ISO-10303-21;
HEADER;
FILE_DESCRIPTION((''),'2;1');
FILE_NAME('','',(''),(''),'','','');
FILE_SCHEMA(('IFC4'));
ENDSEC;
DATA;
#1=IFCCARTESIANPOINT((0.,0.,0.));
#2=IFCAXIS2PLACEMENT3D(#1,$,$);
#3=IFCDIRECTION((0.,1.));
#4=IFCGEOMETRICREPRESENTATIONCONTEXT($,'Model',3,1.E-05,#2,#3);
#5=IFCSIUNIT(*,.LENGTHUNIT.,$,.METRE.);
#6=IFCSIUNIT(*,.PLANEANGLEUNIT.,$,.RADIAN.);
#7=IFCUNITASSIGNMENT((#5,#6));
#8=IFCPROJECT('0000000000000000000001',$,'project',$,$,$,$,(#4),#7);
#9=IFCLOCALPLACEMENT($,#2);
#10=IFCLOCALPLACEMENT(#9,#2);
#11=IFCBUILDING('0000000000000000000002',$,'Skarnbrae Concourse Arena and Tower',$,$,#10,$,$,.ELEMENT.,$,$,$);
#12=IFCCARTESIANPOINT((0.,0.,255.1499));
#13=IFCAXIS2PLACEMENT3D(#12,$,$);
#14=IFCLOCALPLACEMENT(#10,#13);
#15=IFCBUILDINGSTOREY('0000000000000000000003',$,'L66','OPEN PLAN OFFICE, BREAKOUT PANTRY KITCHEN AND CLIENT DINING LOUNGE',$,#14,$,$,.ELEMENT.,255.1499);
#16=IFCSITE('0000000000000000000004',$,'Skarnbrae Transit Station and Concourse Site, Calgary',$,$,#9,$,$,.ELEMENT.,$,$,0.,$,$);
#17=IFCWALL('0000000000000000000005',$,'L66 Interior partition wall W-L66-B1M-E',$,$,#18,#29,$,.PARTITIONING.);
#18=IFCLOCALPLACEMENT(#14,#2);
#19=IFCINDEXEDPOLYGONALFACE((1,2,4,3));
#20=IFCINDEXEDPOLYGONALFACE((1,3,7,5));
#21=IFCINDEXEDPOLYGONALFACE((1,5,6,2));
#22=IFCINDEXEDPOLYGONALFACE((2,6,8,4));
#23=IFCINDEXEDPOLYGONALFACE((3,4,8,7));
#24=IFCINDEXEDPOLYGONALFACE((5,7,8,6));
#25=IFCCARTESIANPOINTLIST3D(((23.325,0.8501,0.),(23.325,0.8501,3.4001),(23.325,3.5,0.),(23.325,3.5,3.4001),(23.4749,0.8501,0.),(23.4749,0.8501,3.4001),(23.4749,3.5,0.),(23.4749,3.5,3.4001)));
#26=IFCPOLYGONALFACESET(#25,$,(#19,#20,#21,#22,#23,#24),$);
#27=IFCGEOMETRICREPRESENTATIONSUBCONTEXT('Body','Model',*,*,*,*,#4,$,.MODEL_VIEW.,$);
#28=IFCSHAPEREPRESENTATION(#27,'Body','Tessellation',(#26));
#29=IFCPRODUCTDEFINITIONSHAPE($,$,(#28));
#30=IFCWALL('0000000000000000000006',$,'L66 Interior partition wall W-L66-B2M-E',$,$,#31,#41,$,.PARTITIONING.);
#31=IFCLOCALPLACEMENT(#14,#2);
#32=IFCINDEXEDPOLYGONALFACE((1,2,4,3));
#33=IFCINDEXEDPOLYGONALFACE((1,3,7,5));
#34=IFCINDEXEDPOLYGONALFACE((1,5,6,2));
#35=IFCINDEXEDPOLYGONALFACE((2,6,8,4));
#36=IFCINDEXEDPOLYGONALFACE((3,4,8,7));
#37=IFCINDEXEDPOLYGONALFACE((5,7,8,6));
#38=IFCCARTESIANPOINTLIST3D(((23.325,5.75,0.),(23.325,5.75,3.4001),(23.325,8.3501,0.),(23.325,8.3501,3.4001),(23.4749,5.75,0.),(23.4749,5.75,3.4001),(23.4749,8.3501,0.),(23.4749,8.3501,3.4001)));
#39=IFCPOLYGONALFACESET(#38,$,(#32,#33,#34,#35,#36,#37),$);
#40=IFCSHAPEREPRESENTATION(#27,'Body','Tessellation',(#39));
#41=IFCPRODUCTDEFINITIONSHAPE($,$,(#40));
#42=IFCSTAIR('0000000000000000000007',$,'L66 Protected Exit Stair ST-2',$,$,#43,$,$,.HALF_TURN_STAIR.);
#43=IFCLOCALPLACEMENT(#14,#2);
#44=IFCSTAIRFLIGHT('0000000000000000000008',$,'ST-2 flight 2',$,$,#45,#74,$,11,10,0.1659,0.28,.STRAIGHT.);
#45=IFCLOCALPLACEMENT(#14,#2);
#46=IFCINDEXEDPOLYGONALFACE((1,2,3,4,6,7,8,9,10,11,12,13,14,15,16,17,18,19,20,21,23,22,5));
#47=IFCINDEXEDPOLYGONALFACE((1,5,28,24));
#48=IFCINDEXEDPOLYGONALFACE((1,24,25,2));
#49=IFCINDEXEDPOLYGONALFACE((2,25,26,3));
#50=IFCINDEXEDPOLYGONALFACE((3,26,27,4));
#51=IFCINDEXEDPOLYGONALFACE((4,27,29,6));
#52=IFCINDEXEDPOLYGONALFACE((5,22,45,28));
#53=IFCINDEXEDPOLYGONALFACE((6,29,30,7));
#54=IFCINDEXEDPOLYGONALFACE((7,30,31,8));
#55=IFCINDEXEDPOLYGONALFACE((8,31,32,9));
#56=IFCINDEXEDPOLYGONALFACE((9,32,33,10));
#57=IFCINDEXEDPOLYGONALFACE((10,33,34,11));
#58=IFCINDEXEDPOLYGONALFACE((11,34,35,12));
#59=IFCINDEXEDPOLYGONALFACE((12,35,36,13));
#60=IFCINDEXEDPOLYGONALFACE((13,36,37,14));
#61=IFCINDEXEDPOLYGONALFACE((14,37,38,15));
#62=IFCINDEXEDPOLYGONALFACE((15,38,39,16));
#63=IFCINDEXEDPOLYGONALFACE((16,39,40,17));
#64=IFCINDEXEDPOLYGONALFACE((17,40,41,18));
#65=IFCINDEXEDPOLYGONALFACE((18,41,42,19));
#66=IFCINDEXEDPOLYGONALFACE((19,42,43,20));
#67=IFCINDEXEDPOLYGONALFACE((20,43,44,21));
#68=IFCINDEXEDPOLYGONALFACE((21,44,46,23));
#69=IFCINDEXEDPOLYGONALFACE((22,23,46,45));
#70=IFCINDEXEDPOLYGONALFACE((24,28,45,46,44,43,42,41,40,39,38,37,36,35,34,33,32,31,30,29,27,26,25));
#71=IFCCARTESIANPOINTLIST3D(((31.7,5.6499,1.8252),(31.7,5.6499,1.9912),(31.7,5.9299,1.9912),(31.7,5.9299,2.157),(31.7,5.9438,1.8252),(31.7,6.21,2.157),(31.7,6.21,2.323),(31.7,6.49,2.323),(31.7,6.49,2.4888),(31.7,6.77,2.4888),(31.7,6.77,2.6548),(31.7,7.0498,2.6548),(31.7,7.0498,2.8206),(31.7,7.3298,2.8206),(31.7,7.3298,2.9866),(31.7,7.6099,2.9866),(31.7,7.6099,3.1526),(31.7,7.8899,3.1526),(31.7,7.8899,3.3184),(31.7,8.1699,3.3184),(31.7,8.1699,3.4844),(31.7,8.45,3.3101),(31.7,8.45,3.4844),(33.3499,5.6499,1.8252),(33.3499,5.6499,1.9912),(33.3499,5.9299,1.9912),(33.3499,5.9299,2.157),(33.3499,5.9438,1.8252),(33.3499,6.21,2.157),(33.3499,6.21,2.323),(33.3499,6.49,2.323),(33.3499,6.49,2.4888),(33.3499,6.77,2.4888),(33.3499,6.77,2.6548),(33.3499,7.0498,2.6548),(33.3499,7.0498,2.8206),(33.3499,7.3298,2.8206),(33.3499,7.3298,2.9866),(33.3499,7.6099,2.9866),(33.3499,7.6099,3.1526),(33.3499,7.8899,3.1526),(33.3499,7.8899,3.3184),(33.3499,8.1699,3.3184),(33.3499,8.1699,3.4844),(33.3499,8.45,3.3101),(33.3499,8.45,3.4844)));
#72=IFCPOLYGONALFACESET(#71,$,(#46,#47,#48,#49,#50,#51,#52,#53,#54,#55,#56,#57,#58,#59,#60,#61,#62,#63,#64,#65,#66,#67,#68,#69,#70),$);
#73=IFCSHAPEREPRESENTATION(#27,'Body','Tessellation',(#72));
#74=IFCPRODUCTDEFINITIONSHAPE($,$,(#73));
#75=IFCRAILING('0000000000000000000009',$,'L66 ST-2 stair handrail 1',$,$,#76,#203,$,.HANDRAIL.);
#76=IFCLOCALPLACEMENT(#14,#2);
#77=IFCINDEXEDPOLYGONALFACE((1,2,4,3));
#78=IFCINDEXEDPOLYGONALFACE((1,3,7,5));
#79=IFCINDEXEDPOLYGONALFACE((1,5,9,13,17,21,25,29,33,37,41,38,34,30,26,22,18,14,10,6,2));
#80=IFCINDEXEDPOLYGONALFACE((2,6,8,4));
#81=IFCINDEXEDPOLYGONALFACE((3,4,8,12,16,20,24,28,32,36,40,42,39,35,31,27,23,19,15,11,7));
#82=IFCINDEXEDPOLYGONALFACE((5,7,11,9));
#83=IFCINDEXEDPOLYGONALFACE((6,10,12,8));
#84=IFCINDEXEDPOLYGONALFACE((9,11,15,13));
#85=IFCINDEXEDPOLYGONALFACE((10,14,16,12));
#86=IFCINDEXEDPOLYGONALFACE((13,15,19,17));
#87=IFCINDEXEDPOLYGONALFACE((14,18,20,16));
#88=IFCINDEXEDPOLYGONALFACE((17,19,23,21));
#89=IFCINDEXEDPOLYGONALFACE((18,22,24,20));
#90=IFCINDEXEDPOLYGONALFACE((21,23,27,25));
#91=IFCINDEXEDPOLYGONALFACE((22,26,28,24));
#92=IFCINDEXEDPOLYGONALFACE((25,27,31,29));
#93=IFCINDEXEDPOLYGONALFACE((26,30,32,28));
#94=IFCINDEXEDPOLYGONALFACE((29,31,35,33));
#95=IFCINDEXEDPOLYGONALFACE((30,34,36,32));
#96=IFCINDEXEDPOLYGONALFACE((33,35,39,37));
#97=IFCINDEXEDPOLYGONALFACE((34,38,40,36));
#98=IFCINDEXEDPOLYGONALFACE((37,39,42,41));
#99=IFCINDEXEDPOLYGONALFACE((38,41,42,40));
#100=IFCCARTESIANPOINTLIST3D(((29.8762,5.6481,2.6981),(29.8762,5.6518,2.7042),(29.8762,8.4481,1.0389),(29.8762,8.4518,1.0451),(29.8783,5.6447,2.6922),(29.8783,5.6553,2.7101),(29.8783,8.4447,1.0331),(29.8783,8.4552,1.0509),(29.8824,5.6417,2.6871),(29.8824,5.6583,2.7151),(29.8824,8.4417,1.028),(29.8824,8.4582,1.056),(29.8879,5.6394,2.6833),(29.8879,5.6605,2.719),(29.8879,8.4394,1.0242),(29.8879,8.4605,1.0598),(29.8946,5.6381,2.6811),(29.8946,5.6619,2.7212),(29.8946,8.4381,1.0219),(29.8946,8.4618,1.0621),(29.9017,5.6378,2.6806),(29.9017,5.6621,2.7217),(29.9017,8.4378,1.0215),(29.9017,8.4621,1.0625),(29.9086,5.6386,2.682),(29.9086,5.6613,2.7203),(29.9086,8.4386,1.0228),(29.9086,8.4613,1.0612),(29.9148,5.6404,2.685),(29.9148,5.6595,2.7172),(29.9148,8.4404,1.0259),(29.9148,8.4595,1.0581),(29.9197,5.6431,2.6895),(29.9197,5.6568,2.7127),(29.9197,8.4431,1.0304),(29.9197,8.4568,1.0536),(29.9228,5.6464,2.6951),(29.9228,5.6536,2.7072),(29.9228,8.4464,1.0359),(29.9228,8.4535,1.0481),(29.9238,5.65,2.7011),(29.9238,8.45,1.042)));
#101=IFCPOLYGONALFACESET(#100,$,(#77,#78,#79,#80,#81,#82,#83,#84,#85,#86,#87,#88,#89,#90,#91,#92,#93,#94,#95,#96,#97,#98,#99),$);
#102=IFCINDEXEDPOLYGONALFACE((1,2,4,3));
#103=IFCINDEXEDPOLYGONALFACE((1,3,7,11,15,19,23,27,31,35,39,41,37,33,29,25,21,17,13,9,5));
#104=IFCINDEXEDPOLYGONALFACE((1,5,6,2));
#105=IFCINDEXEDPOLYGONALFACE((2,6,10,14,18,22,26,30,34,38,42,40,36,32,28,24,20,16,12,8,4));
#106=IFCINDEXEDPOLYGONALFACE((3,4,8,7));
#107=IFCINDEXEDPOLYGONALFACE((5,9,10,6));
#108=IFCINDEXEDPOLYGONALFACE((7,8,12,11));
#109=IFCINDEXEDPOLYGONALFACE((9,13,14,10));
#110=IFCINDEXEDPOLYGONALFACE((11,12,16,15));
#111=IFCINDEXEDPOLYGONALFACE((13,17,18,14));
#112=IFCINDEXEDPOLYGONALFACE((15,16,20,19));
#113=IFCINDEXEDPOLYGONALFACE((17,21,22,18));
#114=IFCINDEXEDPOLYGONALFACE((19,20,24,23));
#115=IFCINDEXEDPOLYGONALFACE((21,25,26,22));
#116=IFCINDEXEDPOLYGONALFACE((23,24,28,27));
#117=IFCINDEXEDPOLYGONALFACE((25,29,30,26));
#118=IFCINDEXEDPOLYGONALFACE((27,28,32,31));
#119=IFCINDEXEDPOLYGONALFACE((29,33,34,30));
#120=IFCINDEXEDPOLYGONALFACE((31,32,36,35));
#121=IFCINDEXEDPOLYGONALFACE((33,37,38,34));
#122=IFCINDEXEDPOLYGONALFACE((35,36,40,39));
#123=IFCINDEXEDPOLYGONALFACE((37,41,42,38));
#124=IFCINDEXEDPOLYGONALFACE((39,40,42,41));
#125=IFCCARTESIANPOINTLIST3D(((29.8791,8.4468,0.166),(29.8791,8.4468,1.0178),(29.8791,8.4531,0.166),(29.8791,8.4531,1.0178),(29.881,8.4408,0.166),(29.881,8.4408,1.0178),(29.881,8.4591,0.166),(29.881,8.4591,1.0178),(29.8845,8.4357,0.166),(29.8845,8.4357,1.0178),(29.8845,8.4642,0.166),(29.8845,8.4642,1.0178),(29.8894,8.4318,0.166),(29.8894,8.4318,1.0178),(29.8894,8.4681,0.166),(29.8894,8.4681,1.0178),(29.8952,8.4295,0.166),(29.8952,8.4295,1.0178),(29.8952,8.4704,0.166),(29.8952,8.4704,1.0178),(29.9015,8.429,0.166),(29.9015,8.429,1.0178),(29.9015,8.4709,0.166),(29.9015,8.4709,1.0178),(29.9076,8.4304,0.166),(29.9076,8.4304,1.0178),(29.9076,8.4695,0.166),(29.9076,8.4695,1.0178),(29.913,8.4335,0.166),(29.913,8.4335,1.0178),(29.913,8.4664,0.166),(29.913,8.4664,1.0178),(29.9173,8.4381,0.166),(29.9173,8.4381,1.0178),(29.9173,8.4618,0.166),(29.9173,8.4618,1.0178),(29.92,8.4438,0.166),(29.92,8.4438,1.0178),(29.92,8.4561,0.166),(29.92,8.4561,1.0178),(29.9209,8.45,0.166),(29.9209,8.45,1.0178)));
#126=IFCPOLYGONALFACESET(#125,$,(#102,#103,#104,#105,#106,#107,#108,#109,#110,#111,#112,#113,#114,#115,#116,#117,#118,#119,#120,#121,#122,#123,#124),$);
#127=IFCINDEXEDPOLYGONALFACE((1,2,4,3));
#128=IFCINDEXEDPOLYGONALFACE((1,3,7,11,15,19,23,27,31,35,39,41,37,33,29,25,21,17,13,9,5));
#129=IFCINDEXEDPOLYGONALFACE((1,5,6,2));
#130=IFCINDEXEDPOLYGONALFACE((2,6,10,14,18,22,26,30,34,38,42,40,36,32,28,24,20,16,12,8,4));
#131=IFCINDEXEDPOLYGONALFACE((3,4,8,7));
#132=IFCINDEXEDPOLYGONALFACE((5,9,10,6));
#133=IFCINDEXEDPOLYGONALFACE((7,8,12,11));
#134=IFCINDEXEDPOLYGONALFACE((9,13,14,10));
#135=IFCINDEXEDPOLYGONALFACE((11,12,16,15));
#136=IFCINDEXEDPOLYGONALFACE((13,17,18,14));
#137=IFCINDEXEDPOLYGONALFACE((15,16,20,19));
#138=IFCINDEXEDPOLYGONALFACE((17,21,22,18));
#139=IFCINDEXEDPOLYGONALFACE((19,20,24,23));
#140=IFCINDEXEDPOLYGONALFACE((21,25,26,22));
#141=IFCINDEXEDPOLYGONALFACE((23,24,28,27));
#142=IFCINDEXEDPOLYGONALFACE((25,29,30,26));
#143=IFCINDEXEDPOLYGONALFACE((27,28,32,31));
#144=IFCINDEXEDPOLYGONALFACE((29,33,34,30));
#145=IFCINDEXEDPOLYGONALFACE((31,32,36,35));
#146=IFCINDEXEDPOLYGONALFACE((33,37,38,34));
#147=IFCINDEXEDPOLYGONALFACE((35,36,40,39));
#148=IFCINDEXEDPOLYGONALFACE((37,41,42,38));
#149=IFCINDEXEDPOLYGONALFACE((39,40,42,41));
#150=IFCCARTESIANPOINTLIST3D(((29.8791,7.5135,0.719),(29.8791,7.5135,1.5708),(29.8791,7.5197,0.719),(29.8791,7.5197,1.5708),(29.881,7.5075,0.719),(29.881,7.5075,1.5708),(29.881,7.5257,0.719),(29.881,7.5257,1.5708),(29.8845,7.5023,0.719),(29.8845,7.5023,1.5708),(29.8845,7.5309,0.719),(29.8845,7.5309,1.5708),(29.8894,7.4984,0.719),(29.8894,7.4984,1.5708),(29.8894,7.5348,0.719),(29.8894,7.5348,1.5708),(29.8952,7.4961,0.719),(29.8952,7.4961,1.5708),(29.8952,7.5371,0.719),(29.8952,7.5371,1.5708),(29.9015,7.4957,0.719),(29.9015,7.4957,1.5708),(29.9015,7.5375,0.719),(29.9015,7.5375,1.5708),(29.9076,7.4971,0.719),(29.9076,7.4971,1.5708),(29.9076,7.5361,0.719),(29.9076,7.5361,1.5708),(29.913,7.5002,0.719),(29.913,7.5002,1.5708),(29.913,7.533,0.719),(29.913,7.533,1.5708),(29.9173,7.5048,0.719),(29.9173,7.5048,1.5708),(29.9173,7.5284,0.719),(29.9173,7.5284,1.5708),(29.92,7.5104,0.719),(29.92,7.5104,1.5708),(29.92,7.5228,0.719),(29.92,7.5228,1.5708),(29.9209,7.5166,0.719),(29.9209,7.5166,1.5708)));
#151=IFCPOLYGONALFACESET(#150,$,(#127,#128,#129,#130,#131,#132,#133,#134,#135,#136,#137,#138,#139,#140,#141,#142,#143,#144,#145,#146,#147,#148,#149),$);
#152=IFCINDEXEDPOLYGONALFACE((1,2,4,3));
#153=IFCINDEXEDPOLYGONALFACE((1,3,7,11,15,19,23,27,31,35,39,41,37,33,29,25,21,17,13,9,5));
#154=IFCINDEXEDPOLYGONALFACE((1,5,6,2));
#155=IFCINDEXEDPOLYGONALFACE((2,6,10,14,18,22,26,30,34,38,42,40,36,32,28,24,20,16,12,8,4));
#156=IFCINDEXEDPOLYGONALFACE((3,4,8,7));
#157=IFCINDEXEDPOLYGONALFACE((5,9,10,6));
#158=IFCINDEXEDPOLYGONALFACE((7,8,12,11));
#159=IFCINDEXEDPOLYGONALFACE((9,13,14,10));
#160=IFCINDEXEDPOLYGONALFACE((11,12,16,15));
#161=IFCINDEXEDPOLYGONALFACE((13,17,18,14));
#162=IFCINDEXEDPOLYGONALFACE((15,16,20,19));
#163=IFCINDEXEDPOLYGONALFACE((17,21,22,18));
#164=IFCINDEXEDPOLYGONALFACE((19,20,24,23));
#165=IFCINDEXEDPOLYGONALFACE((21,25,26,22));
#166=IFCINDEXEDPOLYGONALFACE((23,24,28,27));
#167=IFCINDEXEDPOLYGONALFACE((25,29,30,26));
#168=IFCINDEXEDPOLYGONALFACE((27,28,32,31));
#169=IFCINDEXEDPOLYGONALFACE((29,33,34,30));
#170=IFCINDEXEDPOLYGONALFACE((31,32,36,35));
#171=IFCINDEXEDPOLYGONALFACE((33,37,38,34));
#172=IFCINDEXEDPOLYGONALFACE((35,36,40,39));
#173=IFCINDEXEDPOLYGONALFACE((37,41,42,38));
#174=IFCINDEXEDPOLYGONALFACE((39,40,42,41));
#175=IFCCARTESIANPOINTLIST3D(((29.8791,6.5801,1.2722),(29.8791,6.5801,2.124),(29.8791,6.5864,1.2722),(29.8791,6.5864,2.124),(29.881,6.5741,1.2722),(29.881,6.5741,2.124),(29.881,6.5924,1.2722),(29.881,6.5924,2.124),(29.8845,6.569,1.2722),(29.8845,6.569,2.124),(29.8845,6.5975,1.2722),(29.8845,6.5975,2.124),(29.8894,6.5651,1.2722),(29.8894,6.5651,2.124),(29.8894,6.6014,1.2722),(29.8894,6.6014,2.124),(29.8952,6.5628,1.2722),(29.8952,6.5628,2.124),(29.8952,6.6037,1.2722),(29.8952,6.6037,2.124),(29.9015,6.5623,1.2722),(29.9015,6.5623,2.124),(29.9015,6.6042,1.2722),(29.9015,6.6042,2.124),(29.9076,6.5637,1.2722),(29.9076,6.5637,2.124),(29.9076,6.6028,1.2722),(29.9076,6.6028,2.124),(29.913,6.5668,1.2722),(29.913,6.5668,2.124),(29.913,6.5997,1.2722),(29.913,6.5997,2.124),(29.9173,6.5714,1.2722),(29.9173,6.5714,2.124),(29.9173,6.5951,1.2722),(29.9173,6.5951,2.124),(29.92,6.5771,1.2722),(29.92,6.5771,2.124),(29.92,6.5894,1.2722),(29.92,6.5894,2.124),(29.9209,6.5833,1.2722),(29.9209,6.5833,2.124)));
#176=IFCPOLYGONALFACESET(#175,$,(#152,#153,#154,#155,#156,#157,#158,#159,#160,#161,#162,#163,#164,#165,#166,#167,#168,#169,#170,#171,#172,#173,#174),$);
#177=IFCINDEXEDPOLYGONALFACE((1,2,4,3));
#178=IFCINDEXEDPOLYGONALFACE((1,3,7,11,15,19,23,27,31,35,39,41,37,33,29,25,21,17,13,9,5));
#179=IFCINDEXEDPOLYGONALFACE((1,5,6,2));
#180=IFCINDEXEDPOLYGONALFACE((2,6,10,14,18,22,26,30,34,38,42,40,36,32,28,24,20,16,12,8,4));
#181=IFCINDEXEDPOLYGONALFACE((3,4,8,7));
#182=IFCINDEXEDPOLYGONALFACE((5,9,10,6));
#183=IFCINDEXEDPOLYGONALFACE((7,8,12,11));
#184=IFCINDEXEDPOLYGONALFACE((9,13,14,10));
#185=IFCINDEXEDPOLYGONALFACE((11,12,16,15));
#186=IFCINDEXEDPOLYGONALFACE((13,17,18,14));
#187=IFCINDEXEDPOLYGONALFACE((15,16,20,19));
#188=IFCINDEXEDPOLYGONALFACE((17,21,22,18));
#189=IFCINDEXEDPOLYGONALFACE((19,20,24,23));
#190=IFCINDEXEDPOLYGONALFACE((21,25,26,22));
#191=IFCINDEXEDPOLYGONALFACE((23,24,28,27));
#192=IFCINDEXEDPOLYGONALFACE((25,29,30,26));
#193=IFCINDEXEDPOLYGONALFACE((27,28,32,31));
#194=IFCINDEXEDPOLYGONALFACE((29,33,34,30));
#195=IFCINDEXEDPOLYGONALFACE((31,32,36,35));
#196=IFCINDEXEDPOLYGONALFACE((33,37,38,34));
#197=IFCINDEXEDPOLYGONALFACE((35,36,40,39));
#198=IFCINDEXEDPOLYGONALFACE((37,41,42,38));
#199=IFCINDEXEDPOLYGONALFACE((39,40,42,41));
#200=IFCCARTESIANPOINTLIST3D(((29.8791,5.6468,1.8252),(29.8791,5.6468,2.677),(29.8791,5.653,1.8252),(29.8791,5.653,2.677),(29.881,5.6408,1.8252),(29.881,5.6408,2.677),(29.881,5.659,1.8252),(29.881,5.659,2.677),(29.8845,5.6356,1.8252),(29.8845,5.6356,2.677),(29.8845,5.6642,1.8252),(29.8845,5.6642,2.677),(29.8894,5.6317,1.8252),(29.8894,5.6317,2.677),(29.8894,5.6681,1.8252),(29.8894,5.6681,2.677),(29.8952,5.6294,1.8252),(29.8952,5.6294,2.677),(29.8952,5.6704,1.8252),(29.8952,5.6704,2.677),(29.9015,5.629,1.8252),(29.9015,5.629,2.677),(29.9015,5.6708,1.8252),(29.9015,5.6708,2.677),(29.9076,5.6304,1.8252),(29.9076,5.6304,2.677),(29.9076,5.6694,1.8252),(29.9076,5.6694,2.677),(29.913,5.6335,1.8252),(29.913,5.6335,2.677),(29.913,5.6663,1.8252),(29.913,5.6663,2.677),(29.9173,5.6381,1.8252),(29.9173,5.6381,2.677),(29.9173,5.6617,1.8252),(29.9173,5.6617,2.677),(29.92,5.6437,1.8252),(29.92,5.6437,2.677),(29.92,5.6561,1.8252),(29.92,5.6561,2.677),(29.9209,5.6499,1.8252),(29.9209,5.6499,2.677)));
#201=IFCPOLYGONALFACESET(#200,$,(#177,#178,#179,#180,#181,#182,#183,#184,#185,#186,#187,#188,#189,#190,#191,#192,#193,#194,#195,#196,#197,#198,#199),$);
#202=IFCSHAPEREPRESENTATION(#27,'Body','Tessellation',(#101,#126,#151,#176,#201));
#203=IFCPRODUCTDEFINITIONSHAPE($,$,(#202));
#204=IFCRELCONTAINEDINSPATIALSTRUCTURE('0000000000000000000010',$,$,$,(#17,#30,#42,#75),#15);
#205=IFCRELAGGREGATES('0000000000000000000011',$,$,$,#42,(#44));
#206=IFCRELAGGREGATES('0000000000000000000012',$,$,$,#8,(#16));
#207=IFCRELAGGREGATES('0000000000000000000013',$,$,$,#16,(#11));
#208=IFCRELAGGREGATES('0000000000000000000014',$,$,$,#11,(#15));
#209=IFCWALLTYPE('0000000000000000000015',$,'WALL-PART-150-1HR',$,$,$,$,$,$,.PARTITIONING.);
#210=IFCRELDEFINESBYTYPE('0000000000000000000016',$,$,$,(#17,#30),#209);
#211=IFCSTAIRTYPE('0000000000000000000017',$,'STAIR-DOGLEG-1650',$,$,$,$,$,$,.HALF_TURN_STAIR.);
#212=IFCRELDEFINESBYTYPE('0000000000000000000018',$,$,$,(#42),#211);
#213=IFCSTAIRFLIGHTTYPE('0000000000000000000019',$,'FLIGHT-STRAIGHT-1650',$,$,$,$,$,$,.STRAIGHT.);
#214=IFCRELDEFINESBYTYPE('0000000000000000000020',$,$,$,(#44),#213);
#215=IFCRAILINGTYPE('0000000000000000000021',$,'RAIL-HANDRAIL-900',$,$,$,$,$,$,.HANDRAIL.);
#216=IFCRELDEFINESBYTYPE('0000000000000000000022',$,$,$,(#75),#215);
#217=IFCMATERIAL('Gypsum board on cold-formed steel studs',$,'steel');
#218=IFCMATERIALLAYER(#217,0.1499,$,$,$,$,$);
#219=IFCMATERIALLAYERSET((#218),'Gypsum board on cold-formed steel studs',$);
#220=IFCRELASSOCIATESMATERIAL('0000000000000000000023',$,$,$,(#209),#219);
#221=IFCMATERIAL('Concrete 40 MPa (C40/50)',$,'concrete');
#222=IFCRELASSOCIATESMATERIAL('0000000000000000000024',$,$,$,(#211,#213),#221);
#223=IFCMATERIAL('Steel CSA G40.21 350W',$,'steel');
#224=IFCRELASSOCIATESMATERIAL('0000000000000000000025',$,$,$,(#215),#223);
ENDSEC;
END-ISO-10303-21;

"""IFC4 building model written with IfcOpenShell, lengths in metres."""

from ifc_helpers import new_model, si_unit, direction, frame, frame_2d, origin, origin_2d, place, context, subcontext, project, spatial, polyline, rectangle, circle, outline, extrude, source, transform, mapped, material, layer, layer_set, type_object, element, aggregate, save


model = new_model("IFC4")

# Units and contexts
model_context = context("Model", 3, precision=1e-05, world=origin(), true_north=direction((0.0, 1.0)))
body_context = subcontext(model_context, "Body", "Model", "MODEL_VIEW")
ifc_project = project(units=[si_unit("LENGTHUNIT", "METRE"), si_unit("PLANEANGLEUNIT", "RADIAN")], contexts=[model_context])

# Site, building, storey
site_placement = place(None, origin())
site = spatial("IfcSite", under=ifc_project, at=site_placement, Name="Skarnbrae Transit Station and Concourse Site, Calgary", CompositionType="ELEMENT", RefElevation=0.0)
building_placement = place(site_placement, origin())
building = spatial("IfcBuilding", under=site, at=building_placement, Name="Skarnbrae Concourse Arena and Tower", CompositionType="ELEMENT")
storey_placement = place(building_placement, frame((0.0, 0.0, 255.1499)))
storey = spatial("IfcBuildingStorey", under=building, at=storey_placement, Name="L66", Description="OPEN PLAN OFFICE, BREAKOUT PANTRY KITCHEN AND CLIENT DINING LOUNGE", CompositionType="ELEMENT", Elevation=255.1499)

# Shared definitions
ifc_material_1 = material(Name="Gypsum board on cold-formed steel studs", Category="steel")

# Shared definitions
ifc_layer_1 = layer(ifc_material_1, 0.1499)
ifc_layer_set_1 = layer_set([ifc_layer_1], Name="Gypsum board on cold-formed steel studs")
wall_type_1 = type_object("IfcWallType", Name="WALL-PART-150-1HR", PredefinedType="PARTITIONING", material=ifc_layer_set_1)
ifc_material_2 = material(Name="Steel CSA G40.21 350W", Category="steel")

# Walls
shared_shape_1 = source(origin(), body_context, "Body", "SweptSolid", [
    extrude(rectangle(XDim=2.6499, YDim=0.1499, at=frame_2d((1.325, 0.0))), origin(), (0.0, 0.0, 1.0), 3.4001),
])
wall_1_placement = place(storey_placement, frame((23.3999, 0.8501, 0.0), z_axis=(0.0, 0.0, 1.0), x_axis=(0.0, 1.0, 0.0)))
element("IfcWall", 1, at=wall_1_placement, inside=storey, type_object=wall_type_1, Name="L66 Interior partition wall W-L66-B1M-E", PredefinedType="PARTITIONING", context=body_context, shape_type="MappedRepresentation", body=[
    mapped(shared_shape_1, transform((0.0, 0.0, 0.0))),
])
shared_shape_2 = source(origin(), body_context, "Body", "SweptSolid", [
    extrude(rectangle(XDim=2.6001, YDim=0.1499, at=frame_2d((1.3, 0.0))), origin(), (0.0, 0.0, 1.0), 3.4001),
])
wall_2_placement = place(storey_placement, frame((23.3999, 5.75, 0.0), z_axis=(0.0, 0.0, 1.0), x_axis=(0.0, 1.0, 0.0)))
element("IfcWall", 2, at=wall_2_placement, inside=storey, type_object=wall_type_1, Name="L66 Interior partition wall W-L66-B2M-E", PredefinedType="PARTITIONING", context=body_context, shape_type="MappedRepresentation", body=[
    mapped(shared_shape_2, transform((0.0, 0.0, 0.0))),
])

# Stair, stair flight
ifc_material_3 = material(Name="Concrete 40 MPa (C40/50)", Category="concrete")
stair_type = type_object("IfcStairType", Name="STAIR-DOGLEG-1650", PredefinedType="HALF_TURN_STAIR", material=ifc_material_3)
stair_placement = place(storey_placement, origin())
stair = element("IfcStair", 3, at=stair_placement, inside=storey, type_object=stair_type, Name="L66 Protected Exit Stair ST-2", PredefinedType="HALF_TURN_STAIR")
stair_flight_type = type_object("IfcStairFlightType", Name="FLIGHT-STRAIGHT-1650", PredefinedType="STRAIGHT", material=ifc_material_3)
shared_shape_3 = source(origin(), body_context, "Body", "SweptSolid", [
    extrude(outline(polyline([(0.0, 0.0), (0.0, 0.166), (0.28, 0.166), (0.28, 0.3318), (0.5601, 0.3318), (0.5601, 0.4978), (0.8401, 0.4978), (0.8401, 0.6636), (1.1201, 0.6636), (1.1201, 0.8296), (1.3999, 0.8296), (1.3999, 0.9954), (1.6799, 0.9954), (1.6799, 1.1614), (1.96, 1.1614), (1.96, 1.3274), (2.24, 1.3274), (2.24, 1.4932), (2.52, 1.4932), (2.52, 1.6592), (2.8, 1.6592), (2.8, 1.825), (2.8, 1.4849), (0.2939, 0.0), (0.0, 0.0)])), frame((0.0, 0.825, 0.0), z_axis=(0.0, -1.0, 0.0), x_axis=(1.0, 0.0, 0.0)), (0.0, 0.0, 1.0), 1.6499),
])
stair_flight_placement = place(storey_placement, frame((32.5249, 5.6499, 1.8252), z_axis=(0.0, 0.0, 1.0), x_axis=(0.0, 1.0, 0.0)))
stair_flight = element("IfcStairFlight", 4, at=stair_flight_placement, type_object=stair_flight_type, Name="ST-2 flight 2", NumberOfRisers=11, NumberOfTreads=10, PredefinedType="STRAIGHT", RiserHeight=0.1659, TreadLength=0.28, context=body_context, shape_type="MappedRepresentation", body=[
    mapped(shared_shape_3, transform((0.0, 0.0, 0.0))),
])
aggregate(stair, [stair_flight])

# Railing
railing_type_1 = type_object("IfcRailingType", Name="RAIL-HANDRAIL-900", PredefinedType="HANDRAIL", material=ifc_material_2)
railing_1_placement = place(storey_placement, frame((29.8999, 8.45, 0.166)))
element("IfcRailing", 5, at=railing_1_placement, inside=storey, type_object=railing_type_1, Name="L66 ST-2 stair handrail 1", PredefinedType="HANDRAIL", context=body_context, shape_type="SweptSolid", body=[
    extrude(circle(Radius=0.0239, at=origin_2d()), frame((0.0, 0.0, 0.876), z_axis=(0.0, -0.860306, 0.509778), x_axis=(1.0, 0.0, 0.0)), (0.0, 0.0, 1.0), 3.2546),
    extrude(circle(Radius=0.021, at=origin_2d()), origin(), (0.0, 0.0, 1.0), 0.8518),
    extrude(circle(Radius=0.021, at=origin_2d()), frame((0.0, -0.9333, 0.553)), (0.0, 0.0, 1.0), 0.8518),
    extrude(circle(Radius=0.021, at=origin_2d()), frame((0.0, -1.8667, 1.1062)), (0.0, 0.0, 1.0), 0.8518),
    extrude(circle(Radius=0.021, at=origin_2d()), frame((0.0, -2.8, 1.6592)), (0.0, 0.0, 1.0), 0.8518),
])

save(model, "model.ifc")
